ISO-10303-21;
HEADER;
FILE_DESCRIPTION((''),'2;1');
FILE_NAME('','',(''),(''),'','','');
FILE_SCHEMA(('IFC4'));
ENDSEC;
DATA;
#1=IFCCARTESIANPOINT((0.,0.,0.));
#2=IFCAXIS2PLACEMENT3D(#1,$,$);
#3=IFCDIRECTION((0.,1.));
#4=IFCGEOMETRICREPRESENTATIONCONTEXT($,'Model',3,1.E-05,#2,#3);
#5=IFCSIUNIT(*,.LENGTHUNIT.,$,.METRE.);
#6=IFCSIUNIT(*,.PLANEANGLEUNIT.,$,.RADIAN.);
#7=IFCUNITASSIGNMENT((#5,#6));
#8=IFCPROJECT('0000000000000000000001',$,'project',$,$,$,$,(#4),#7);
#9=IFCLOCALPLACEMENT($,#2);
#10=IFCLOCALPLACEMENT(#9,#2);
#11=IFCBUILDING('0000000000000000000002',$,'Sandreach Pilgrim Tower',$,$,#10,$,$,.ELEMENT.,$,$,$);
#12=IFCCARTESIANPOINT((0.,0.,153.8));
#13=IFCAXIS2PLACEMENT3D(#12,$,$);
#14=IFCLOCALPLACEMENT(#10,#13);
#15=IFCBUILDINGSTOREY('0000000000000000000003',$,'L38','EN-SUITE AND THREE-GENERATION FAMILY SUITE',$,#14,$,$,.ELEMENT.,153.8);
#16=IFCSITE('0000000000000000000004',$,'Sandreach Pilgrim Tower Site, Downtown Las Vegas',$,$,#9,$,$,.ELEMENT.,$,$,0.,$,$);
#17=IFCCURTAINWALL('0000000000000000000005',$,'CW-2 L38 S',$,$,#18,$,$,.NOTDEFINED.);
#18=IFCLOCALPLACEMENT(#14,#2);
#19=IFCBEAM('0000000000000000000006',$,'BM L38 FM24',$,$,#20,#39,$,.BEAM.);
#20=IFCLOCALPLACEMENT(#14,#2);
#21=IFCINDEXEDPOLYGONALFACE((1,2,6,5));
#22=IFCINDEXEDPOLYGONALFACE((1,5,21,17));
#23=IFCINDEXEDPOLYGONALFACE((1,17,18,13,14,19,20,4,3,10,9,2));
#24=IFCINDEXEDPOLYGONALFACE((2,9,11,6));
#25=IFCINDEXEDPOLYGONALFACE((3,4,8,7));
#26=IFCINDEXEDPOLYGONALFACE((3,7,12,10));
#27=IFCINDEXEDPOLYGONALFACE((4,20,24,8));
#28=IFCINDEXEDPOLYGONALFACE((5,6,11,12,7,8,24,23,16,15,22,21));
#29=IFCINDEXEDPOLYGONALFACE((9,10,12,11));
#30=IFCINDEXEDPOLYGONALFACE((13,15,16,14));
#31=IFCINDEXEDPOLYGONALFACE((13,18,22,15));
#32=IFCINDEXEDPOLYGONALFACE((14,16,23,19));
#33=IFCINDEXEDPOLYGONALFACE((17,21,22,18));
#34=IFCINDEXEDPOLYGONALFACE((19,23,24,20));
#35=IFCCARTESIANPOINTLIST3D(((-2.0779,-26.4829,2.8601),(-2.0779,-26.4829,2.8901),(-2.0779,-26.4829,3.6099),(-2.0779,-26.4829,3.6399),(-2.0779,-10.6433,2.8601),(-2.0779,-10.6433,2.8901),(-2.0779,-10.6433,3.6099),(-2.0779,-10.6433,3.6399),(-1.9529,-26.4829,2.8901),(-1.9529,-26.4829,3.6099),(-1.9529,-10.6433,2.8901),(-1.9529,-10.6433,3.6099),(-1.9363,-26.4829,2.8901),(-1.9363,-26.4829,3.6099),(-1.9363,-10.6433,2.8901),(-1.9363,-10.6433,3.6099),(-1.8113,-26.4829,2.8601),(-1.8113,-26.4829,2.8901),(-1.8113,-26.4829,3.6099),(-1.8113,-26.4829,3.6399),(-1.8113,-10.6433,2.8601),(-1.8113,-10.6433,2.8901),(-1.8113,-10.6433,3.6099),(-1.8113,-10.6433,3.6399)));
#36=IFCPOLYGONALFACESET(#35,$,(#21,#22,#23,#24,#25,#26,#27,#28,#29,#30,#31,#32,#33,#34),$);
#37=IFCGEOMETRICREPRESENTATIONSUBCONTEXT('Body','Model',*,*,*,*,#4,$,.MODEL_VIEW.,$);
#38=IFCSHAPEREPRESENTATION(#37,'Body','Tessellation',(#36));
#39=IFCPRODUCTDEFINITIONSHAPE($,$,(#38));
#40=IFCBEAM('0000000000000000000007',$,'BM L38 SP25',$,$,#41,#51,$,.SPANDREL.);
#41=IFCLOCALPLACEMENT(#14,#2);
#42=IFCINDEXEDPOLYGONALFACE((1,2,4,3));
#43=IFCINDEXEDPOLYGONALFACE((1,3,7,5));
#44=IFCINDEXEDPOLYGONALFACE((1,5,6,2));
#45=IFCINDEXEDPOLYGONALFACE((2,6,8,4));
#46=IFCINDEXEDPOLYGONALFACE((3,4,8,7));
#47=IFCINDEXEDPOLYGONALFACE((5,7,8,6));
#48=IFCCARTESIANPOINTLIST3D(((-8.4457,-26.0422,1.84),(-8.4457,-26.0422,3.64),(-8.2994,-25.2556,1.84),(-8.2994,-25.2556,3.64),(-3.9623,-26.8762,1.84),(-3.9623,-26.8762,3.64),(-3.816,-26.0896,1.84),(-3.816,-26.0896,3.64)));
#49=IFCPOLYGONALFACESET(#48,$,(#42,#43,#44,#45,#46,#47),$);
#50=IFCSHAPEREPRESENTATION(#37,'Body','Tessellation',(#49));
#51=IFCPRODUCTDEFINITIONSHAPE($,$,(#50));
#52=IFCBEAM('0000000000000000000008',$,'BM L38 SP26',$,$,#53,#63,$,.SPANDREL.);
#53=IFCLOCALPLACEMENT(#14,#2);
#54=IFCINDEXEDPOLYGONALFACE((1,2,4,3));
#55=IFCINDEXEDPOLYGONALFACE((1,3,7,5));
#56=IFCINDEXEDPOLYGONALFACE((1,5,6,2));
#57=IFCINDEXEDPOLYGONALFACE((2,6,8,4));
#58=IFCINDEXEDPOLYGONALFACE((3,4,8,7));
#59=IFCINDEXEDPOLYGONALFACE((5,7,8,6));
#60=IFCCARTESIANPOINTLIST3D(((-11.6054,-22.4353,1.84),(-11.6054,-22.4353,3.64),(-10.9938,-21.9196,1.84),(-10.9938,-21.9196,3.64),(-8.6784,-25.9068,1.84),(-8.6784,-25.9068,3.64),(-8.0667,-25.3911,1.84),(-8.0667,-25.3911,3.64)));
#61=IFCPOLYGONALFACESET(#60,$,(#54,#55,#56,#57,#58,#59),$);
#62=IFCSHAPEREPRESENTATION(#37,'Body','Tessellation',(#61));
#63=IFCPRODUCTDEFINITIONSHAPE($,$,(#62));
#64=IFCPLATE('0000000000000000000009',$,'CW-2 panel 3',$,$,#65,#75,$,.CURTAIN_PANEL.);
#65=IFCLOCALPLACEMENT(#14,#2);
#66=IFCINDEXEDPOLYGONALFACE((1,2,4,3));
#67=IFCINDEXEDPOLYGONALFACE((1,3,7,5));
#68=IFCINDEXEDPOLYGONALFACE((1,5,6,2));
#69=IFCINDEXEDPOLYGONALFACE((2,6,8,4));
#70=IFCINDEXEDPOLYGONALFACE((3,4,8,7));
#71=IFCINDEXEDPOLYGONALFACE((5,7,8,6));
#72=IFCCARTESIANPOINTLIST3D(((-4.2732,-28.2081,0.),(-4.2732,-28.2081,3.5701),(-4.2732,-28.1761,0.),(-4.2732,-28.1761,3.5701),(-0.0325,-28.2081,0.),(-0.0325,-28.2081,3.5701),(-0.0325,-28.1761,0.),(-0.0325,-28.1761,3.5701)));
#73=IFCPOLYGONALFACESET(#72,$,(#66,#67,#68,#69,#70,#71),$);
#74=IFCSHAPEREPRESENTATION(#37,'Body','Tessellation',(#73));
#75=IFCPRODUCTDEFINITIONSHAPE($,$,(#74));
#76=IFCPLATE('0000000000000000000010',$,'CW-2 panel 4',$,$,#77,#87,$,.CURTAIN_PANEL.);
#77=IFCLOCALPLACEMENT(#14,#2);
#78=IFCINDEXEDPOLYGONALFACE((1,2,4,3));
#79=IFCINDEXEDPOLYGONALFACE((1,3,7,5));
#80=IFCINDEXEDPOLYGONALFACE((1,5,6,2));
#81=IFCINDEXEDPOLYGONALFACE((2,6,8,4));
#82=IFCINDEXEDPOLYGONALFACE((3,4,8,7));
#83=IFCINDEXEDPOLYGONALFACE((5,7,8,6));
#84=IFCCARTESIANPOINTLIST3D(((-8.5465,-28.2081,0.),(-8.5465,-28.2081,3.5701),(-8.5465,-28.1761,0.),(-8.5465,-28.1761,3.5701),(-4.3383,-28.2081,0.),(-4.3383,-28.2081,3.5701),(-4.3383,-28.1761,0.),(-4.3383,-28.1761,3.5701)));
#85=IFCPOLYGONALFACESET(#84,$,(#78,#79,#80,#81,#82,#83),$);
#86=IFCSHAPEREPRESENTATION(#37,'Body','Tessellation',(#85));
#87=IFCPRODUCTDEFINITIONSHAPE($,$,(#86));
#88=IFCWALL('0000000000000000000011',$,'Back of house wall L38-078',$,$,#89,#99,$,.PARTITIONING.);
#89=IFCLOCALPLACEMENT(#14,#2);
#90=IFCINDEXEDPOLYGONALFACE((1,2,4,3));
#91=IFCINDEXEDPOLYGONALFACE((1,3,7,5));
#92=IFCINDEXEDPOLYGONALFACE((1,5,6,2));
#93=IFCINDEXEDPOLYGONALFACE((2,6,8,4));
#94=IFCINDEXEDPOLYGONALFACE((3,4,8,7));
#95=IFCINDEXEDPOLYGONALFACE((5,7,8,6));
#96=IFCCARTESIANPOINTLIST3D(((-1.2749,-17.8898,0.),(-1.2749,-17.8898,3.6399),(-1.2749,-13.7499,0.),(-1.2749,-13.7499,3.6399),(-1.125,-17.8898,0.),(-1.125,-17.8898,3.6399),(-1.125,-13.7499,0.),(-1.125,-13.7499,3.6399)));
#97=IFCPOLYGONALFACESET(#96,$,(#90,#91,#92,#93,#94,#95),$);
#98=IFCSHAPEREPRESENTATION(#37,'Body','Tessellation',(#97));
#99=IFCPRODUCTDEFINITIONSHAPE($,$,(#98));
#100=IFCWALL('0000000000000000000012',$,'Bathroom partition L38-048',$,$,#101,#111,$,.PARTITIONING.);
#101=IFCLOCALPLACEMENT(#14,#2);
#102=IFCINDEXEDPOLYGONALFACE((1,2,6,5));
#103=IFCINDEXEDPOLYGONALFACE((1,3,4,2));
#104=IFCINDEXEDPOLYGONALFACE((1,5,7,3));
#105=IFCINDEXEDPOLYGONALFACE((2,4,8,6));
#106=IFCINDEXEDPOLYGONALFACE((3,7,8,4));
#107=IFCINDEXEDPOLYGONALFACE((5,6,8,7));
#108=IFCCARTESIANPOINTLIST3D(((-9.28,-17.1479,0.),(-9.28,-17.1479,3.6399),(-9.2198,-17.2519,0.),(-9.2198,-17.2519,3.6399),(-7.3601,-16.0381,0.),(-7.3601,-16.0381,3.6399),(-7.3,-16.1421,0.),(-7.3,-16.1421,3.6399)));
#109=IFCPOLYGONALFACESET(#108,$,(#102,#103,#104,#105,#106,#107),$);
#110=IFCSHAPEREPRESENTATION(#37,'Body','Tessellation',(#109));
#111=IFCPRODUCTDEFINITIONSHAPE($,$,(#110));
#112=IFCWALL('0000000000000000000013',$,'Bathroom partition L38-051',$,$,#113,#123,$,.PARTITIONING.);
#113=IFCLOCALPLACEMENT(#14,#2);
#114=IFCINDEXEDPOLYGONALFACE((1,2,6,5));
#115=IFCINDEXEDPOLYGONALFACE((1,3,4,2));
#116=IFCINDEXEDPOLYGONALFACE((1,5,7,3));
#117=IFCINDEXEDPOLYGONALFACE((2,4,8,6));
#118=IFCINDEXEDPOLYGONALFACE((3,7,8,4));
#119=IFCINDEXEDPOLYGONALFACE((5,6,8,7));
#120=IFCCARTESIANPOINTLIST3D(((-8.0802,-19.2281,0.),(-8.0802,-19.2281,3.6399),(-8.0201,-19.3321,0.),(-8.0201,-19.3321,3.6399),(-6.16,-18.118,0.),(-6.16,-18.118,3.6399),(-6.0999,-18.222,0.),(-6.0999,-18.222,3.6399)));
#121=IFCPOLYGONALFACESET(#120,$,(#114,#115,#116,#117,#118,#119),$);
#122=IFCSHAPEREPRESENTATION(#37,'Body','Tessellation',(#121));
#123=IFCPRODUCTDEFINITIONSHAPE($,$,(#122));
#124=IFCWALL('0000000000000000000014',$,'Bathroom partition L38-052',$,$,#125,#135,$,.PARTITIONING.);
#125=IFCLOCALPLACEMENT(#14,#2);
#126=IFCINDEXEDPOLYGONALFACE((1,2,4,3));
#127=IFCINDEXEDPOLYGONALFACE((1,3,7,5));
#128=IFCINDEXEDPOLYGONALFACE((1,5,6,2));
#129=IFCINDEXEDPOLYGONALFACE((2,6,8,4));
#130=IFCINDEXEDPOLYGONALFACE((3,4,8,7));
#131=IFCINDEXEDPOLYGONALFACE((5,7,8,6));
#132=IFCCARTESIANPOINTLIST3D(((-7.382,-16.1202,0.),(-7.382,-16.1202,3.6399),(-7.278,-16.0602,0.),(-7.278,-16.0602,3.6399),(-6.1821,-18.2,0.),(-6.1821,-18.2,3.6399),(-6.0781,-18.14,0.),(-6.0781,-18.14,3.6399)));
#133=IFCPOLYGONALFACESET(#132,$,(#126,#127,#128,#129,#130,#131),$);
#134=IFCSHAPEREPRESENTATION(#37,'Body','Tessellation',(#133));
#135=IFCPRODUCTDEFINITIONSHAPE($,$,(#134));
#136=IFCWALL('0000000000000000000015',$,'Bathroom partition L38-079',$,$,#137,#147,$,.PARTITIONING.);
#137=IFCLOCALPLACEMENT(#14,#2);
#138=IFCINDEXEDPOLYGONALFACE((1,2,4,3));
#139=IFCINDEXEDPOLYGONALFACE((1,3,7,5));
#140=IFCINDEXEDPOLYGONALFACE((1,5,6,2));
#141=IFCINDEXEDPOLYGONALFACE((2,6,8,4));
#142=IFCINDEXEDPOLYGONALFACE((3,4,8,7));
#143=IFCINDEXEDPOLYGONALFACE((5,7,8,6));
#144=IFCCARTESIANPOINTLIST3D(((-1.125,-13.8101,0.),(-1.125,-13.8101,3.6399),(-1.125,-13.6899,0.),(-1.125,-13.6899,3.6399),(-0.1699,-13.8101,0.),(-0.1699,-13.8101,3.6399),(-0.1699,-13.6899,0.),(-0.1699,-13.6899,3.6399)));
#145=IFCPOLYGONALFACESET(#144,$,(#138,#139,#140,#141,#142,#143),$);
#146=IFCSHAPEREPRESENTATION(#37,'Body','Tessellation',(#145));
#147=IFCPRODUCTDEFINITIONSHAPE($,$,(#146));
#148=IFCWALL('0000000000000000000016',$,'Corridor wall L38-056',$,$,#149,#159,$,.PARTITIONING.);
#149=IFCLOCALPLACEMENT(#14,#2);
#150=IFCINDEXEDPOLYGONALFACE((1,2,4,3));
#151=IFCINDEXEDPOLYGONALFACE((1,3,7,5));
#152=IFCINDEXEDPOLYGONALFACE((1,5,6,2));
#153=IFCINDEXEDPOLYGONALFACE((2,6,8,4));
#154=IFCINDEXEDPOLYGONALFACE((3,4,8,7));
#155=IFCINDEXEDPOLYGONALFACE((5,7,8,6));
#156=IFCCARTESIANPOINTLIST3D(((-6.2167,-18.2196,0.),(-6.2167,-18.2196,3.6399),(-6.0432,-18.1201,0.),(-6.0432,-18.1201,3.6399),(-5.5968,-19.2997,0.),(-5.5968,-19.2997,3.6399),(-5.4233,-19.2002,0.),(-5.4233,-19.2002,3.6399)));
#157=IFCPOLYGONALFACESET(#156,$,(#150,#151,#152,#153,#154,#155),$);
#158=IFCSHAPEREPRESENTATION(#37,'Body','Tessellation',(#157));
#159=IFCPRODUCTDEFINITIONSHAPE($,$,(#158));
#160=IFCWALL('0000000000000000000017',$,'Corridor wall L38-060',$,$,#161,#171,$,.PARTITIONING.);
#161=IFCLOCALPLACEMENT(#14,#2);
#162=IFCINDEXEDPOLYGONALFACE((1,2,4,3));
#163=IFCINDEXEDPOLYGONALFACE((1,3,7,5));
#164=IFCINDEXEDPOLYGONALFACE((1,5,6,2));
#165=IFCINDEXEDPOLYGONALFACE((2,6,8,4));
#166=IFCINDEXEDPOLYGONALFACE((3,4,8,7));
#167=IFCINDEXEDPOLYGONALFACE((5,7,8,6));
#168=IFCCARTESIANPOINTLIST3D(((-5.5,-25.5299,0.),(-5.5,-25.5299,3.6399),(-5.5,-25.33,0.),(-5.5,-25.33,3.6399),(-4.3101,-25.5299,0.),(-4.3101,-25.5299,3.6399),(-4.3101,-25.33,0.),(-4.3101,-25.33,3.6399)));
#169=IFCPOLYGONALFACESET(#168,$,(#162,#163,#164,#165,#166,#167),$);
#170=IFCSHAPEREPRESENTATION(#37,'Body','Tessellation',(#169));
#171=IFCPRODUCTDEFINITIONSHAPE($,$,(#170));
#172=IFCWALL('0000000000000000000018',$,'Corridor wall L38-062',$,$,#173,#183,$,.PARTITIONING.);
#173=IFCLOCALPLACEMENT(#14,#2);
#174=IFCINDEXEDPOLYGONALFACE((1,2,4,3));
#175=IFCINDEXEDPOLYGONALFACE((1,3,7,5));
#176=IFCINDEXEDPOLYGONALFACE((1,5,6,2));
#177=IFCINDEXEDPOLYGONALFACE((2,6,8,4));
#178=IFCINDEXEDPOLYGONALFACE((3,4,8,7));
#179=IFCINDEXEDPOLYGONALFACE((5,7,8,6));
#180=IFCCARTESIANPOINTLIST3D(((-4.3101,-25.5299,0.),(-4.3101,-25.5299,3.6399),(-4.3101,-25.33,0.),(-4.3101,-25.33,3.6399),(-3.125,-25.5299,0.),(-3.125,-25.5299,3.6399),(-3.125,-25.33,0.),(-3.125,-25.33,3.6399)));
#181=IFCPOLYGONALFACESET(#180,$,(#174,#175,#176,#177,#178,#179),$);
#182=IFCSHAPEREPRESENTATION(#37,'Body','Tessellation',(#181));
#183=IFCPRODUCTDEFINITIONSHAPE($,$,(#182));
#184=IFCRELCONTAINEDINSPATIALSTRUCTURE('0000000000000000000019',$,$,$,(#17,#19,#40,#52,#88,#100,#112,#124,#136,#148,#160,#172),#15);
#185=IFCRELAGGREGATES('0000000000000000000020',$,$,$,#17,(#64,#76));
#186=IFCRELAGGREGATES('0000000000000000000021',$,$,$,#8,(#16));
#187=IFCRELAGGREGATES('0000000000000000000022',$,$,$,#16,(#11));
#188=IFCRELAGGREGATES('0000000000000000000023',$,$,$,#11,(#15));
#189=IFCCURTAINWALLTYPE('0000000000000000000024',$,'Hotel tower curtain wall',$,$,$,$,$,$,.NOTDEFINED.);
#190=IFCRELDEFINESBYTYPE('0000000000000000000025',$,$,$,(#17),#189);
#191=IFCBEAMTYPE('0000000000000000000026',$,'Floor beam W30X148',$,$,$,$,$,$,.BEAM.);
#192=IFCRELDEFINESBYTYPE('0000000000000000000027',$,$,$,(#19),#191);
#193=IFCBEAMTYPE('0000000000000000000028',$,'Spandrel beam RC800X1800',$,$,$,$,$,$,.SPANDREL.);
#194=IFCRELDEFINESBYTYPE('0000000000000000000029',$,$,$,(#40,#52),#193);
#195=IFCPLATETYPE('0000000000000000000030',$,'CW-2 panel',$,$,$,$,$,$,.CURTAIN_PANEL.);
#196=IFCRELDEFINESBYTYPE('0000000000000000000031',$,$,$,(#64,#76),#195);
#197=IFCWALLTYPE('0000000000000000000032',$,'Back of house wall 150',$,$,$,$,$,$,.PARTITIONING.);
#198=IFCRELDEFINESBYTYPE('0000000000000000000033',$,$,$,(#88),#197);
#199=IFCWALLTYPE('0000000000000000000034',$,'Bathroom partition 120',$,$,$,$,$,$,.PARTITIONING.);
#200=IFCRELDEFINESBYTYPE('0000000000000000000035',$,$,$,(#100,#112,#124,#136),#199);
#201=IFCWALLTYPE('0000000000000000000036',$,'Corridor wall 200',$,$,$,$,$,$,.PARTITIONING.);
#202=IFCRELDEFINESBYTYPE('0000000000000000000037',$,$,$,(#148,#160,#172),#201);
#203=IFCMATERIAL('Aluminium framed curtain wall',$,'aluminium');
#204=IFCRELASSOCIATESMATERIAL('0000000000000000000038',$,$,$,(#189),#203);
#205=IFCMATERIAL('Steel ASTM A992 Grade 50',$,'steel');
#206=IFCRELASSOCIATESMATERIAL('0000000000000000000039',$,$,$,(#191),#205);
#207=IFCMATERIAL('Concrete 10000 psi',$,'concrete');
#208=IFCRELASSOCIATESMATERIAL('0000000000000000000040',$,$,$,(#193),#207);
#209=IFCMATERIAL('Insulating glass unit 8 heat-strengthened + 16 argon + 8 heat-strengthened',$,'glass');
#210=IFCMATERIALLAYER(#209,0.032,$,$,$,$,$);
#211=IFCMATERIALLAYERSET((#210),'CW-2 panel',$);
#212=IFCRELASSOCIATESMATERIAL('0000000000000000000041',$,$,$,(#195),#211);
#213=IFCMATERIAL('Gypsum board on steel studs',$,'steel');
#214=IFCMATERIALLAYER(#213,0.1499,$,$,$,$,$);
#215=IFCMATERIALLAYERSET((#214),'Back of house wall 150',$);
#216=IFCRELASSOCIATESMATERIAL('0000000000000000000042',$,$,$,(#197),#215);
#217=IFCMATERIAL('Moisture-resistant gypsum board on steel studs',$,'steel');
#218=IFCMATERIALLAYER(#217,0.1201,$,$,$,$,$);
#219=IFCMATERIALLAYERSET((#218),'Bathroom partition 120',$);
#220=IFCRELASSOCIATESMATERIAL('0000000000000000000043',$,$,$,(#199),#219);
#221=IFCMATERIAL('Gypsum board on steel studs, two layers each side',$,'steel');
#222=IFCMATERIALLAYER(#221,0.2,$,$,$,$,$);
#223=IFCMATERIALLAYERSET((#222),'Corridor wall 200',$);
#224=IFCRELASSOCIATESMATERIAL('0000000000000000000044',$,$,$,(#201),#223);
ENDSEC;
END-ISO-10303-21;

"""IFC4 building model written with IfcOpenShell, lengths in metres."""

from ifc_helpers import new_model, si_unit, direction, frame, frame_2d, origin, origin_2d, place, context, subcontext, project, spatial, rectangle, i_section, extrude, material, layer, layer_set, material_profile, profile_set, type_object, element, aggregate, save


model = new_model("IFC4")

# Units and contexts
model_context = context("Model", 3, precision=1e-05, world=origin(), true_north=direction((0.0, 1.0)))
body_context = subcontext(model_context, "Body", "Model", "MODEL_VIEW")
ifc_project = project(units=[si_unit("LENGTHUNIT", "METRE"), si_unit("PLANEANGLEUNIT", "RADIAN")], contexts=[model_context])

# Site, building, storey
site_placement = place(None, origin())
site = spatial("IfcSite", under=ifc_project, at=site_placement, Name="Sandreach Pilgrim Tower Site, Downtown Las Vegas", CompositionType="ELEMENT", RefElevation=0.0)
building_placement = place(site_placement, origin())
building = spatial("IfcBuilding", under=site, at=building_placement, Name="Sandreach Pilgrim Tower", CompositionType="ELEMENT")
storey_placement = place(building_placement, frame((0.0, 0.0, 153.8)))
storey = spatial("IfcBuildingStorey", under=building, at=storey_placement, Name="L38", Description="EN-SUITE AND THREE-GENERATION FAMILY SUITE", CompositionType="ELEMENT", Elevation=153.8)

# Curtain wall
ifc_material_1 = material(Name="Aluminium framed curtain wall", Category="aluminium")
curtain_wall_type = type_object("IfcCurtainWallType", Name="Hotel tower curtain wall", PredefinedType="NOTDEFINED", material=ifc_material_1)
curtain_wall_placement = place(storey_placement, origin())
curtain_wall = element("IfcCurtainWall", 1, at=curtain_wall_placement, inside=storey, type_object=curtain_wall_type, Name="CW-2 L38 S", PredefinedType="NOTDEFINED")

# Beams
ifc_material_2 = material(Name="Steel ASTM A992 Grade 50", Category="steel")
ifc_material_profile_1 = material_profile(ifc_material_2, i_section(OverallWidth=0.2666, OverallDepth=0.7798, WebThickness=0.0166, FlangeThickness=0.03, at=origin_2d()), Name="W30X148")
ifc_profile_set_1 = profile_set([ifc_material_profile_1], Name="Steel ASTM A992 Grade 50")
beam_type_1 = type_object("IfcBeamType", Name="Floor beam W30X148", PredefinedType="BEAM", material=ifc_profile_set_1)
beam_1_placement = place(storey_placement, frame((-1.9446, -26.4829, 3.25), z_axis=(0.0, 1.0, 0.0), x_axis=(-1.0, 0.0, 0.0)))
element("IfcBeam", 2, at=beam_1_placement, inside=storey, type_object=beam_type_1, Name="BM L38 FM24", PredefinedType="BEAM", context=body_context, shape_type="SweptSolid", body=[
    extrude(i_section(OverallWidth=0.2666, OverallDepth=0.7798, WebThickness=0.0166, FlangeThickness=0.03, at=origin_2d()), origin(), (0.0, 0.0, 1.0), 15.8396),
])
ifc_material_3 = material(Name="Concrete 10000 psi", Category="concrete")
ifc_material_profile_2 = material_profile(ifc_material_3, rectangle(XDim=0.8, YDim=1.8, at=origin_2d()), Name="RC800X1800")
ifc_profile_set_2 = profile_set([ifc_material_profile_2], Name="Concrete 10000 psi")
beam_type_2 = type_object("IfcBeamType", Name="Spandrel beam RC800X1800", PredefinedType="SPANDREL", material=ifc_profile_set_2)
beam_2_placement = place(storey_placement, frame((-3.8892, -26.4829, 2.74), z_axis=(-0.983135, 0.182879, 0.0), x_axis=(-0.182879, -0.983135, 0.0)))
element("IfcBeam", 3, at=beam_2_placement, inside=storey, type_object=beam_type_2, Name="BM L38 SP25", PredefinedType="SPANDREL", context=body_context, shape_type="SweptSolid", body=[
    extrude(rectangle(XDim=0.8, YDim=1.8, at=origin_2d()), origin(), (0.0, 0.0, 1.0), 4.5603),
])
beam_3_placement = place(storey_placement, frame((-8.3726, -25.6489, 2.74), z_axis=(-0.644611, 0.764511, 0.0), x_axis=(-0.764511, -0.644611, 0.0)))
element("IfcBeam", 4, at=beam_3_placement, inside=storey, type_object=beam_type_2, Name="BM L38 SP26", PredefinedType="SPANDREL", context=body_context, shape_type="SweptSolid", body=[
    extrude(rectangle(XDim=0.8, YDim=1.8, at=origin_2d()), origin(), (0.0, 0.0, 1.0), 4.5408),
])

# Plates
ifc_material_4 = material(Name="Insulating glass unit 8 heat-strengthened + 16 argon + 8 heat-strengthened", Category="glass")
ifc_layer_1 = layer(ifc_material_4, 0.032)
ifc_layer_set_1 = layer_set([ifc_layer_1], Name="CW-2 panel")
plate_type = type_object("IfcPlateType", Name="CW-2 panel", PredefinedType="CURTAIN_PANEL", material=ifc_layer_set_1)
plate_1_placement = place(storey_placement, frame((-2.1528, -28.1921, 0.0), z_axis=(0.0, 0.0, 1.0), x_axis=(-1.0, 0.0, 0.0)))
plate_1 = element("IfcPlate", 5, at=plate_1_placement, type_object=plate_type, Name="CW-2 panel 3", PredefinedType="CURTAIN_PANEL", context=body_context, shape_type="SweptSolid", body=[
    extrude(rectangle(XDim=4.2407, YDim=0.032, at=origin_2d()), origin(), (0.0, 0.0, 1.0), 3.5701),
])
plate_2_placement = place(storey_placement, frame((-6.4424, -28.1921, 0.0), z_axis=(0.0, 0.0, 1.0), x_axis=(-1.0, 0.0, 0.0)))
plate_2 = element("IfcPlate", 6, at=plate_2_placement, type_object=plate_type, Name="CW-2 panel 4", PredefinedType="CURTAIN_PANEL", context=body_context, shape_type="SweptSolid", body=[
    extrude(rectangle(XDim=4.2083, YDim=0.032, at=origin_2d()), origin(), (0.0, 0.0, 1.0), 3.5701),
])
aggregate(curtain_wall, [plate_1, plate_2])

# Walls
ifc_material_5 = material(Name="Gypsum board on steel studs", Category="steel")
ifc_layer_2 = layer(ifc_material_5, 0.1499)
ifc_layer_set_2 = layer_set([ifc_layer_2], Name="Back of house wall 150")
wall_type_1 = type_object("IfcWallType", Name="Back of house wall 150", PredefinedType="PARTITIONING", material=ifc_layer_set_2)
wall_1_placement = place(storey_placement, frame((-1.2, -13.75, 0.0), z_axis=(0.0, 0.0, 1.0), x_axis=(0.0, -1.0, 0.0)))
element("IfcWall", 7, at=wall_1_placement, inside=storey, type_object=wall_type_1, Name="Back of house wall L38-078", PredefinedType="PARTITIONING", context=body_context, shape_type="SweptSolid", body=[
    extrude(rectangle(XDim=4.1399, YDim=0.1499, at=frame_2d((2.0698, 0.0))), origin(), (0.0, 0.0, 1.0), 3.6399),
])
ifc_material_6 = material(Name="Moisture-resistant gypsum board on steel studs", Category="steel")
ifc_layer_3 = layer(ifc_material_6, 0.1201)
ifc_layer_set_3 = layer_set([ifc_layer_3], Name="Bathroom partition 120")
wall_type_2 = type_object("IfcWallType", Name="Bathroom partition 120", PredefinedType="PARTITIONING", material=ifc_layer_set_3)
wall_2_placement = place(storey_placement, frame((-9.25, -17.2, 0.0), z_axis=(0.0, 0.0, 1.0), x_axis=(0.865753, 0.500472, 0.0)))
element("IfcWall", 8, at=wall_2_placement, inside=storey, type_object=wall_type_2, Name="Bathroom partition L38-048", PredefinedType="PARTITIONING", context=body_context, shape_type="SweptSolid", body=[
    extrude(rectangle(XDim=2.2175, YDim=0.1201, at=frame_2d((1.1089, 0.0))), origin(), (0.0, 0.0, 1.0), 3.6399),
])
wall_3_placement = place(storey_placement, frame((-8.05, -19.28, 0.0), z_axis=(0.0, 0.0, 1.0), x_axis=(0.865733, 0.500507, 0.0)))
element("IfcWall", 9, at=wall_3_placement, inside=storey, type_object=wall_type_2, Name="Bathroom partition L38-051", PredefinedType="PARTITIONING", context=body_context, shape_type="SweptSolid", body=[
    extrude(rectangle(XDim=2.218, YDim=0.1201, at=frame_2d((1.1089, 0.0))), origin(), (0.0, 0.0, 1.0), 3.6399),
])
wall_4_placement = place(storey_placement, frame((-7.3301, -16.0901, 0.0), z_axis=(0.0, 0.0, 1.0), x_axis=(0.499737, -0.866177, 0.0)))
element("IfcWall", 10, at=wall_4_placement, inside=storey, type_object=wall_type_2, Name="Bathroom partition L38-052", PredefinedType="PARTITIONING", context=body_context, shape_type="SweptSolid", body=[
    extrude(rectangle(XDim=2.4011, YDim=0.1201, at=frame_2d((1.2007, 0.0))), origin(), (0.0, 0.0, 1.0), 3.6399),
])
wall_5_placement = place(storey_placement, frame((-1.125, -13.75, 0.0), z_axis=(0.0, 0.0, 1.0), x_axis=(1.0, 0.0, 0.0)))
element("IfcWall", 11, at=wall_5_placement, inside=storey, type_object=wall_type_2, Name="Bathroom partition L38-079", PredefinedType="PARTITIONING", context=body_context, shape_type="SweptSolid", body=[
    extrude(rectangle(XDim=0.9551, YDim=0.1201, at=frame_2d((0.4775, 0.0))), origin(), (0.0, 0.0, 1.0), 3.6399),
])
ifc_material_7 = material(Name="Gypsum board on steel studs, two layers each side", Category="steel")
ifc_layer_4 = layer(ifc_material_7, 0.2)
ifc_layer_set_4 = layer_set([ifc_layer_4], Name="Corridor wall 200")
wall_type_3 = type_object("IfcWallType", Name="Corridor wall 200", PredefinedType="PARTITIONING", material=ifc_layer_set_4)
wall_6_placement = place(storey_placement, frame((-6.1299, -18.1699, 0.0), z_axis=(0.0, 0.0, 1.0), x_axis=(0.497764, -0.867313, 0.0)))
element("IfcWall", 12, at=wall_6_placement, inside=storey, type_object=wall_type_3, Name="Corridor wall L38-056", PredefinedType="PARTITIONING", context=body_context, shape_type="SweptSolid", body=[
    extrude(rectangle(XDim=1.2454, YDim=0.2, at=frame_2d((0.6226, 0.0))), origin(), (0.0, 0.0, 1.0), 3.6399),
])

# Walls
wall_7_placement = place(storey_placement, frame((-5.5, -25.4299, 0.0), z_axis=(0.0, 0.0, 1.0), x_axis=(1.0, 0.0, 0.0)))
element("IfcWall", 13, at=wall_7_placement, inside=storey, type_object=wall_type_3, Name="Corridor wall L38-060", PredefinedType="PARTITIONING", context=body_context, shape_type="SweptSolid", body=[
    extrude(rectangle(XDim=1.1899, YDim=0.2, at=frame_2d((0.595, 0.0))), origin(), (0.0, 0.0, 1.0), 3.6399),
])
wall_8_placement = place(storey_placement, frame((-4.3101, -25.4299, 0.0), z_axis=(0.0, 0.0, 1.0), x_axis=(1.0, 0.0, 0.0)))
element("IfcWall", 14, at=wall_8_placement, inside=storey, type_object=wall_type_3, Name="Corridor wall L38-062", PredefinedType="PARTITIONING", context=body_context, shape_type="SweptSolid", body=[
    extrude(rectangle(XDim=1.1851, YDim=0.2, at=frame_2d((0.5925, 0.0))), origin(), (0.0, 0.0, 1.0), 3.6399),
])

save(model, "model.ifc")
